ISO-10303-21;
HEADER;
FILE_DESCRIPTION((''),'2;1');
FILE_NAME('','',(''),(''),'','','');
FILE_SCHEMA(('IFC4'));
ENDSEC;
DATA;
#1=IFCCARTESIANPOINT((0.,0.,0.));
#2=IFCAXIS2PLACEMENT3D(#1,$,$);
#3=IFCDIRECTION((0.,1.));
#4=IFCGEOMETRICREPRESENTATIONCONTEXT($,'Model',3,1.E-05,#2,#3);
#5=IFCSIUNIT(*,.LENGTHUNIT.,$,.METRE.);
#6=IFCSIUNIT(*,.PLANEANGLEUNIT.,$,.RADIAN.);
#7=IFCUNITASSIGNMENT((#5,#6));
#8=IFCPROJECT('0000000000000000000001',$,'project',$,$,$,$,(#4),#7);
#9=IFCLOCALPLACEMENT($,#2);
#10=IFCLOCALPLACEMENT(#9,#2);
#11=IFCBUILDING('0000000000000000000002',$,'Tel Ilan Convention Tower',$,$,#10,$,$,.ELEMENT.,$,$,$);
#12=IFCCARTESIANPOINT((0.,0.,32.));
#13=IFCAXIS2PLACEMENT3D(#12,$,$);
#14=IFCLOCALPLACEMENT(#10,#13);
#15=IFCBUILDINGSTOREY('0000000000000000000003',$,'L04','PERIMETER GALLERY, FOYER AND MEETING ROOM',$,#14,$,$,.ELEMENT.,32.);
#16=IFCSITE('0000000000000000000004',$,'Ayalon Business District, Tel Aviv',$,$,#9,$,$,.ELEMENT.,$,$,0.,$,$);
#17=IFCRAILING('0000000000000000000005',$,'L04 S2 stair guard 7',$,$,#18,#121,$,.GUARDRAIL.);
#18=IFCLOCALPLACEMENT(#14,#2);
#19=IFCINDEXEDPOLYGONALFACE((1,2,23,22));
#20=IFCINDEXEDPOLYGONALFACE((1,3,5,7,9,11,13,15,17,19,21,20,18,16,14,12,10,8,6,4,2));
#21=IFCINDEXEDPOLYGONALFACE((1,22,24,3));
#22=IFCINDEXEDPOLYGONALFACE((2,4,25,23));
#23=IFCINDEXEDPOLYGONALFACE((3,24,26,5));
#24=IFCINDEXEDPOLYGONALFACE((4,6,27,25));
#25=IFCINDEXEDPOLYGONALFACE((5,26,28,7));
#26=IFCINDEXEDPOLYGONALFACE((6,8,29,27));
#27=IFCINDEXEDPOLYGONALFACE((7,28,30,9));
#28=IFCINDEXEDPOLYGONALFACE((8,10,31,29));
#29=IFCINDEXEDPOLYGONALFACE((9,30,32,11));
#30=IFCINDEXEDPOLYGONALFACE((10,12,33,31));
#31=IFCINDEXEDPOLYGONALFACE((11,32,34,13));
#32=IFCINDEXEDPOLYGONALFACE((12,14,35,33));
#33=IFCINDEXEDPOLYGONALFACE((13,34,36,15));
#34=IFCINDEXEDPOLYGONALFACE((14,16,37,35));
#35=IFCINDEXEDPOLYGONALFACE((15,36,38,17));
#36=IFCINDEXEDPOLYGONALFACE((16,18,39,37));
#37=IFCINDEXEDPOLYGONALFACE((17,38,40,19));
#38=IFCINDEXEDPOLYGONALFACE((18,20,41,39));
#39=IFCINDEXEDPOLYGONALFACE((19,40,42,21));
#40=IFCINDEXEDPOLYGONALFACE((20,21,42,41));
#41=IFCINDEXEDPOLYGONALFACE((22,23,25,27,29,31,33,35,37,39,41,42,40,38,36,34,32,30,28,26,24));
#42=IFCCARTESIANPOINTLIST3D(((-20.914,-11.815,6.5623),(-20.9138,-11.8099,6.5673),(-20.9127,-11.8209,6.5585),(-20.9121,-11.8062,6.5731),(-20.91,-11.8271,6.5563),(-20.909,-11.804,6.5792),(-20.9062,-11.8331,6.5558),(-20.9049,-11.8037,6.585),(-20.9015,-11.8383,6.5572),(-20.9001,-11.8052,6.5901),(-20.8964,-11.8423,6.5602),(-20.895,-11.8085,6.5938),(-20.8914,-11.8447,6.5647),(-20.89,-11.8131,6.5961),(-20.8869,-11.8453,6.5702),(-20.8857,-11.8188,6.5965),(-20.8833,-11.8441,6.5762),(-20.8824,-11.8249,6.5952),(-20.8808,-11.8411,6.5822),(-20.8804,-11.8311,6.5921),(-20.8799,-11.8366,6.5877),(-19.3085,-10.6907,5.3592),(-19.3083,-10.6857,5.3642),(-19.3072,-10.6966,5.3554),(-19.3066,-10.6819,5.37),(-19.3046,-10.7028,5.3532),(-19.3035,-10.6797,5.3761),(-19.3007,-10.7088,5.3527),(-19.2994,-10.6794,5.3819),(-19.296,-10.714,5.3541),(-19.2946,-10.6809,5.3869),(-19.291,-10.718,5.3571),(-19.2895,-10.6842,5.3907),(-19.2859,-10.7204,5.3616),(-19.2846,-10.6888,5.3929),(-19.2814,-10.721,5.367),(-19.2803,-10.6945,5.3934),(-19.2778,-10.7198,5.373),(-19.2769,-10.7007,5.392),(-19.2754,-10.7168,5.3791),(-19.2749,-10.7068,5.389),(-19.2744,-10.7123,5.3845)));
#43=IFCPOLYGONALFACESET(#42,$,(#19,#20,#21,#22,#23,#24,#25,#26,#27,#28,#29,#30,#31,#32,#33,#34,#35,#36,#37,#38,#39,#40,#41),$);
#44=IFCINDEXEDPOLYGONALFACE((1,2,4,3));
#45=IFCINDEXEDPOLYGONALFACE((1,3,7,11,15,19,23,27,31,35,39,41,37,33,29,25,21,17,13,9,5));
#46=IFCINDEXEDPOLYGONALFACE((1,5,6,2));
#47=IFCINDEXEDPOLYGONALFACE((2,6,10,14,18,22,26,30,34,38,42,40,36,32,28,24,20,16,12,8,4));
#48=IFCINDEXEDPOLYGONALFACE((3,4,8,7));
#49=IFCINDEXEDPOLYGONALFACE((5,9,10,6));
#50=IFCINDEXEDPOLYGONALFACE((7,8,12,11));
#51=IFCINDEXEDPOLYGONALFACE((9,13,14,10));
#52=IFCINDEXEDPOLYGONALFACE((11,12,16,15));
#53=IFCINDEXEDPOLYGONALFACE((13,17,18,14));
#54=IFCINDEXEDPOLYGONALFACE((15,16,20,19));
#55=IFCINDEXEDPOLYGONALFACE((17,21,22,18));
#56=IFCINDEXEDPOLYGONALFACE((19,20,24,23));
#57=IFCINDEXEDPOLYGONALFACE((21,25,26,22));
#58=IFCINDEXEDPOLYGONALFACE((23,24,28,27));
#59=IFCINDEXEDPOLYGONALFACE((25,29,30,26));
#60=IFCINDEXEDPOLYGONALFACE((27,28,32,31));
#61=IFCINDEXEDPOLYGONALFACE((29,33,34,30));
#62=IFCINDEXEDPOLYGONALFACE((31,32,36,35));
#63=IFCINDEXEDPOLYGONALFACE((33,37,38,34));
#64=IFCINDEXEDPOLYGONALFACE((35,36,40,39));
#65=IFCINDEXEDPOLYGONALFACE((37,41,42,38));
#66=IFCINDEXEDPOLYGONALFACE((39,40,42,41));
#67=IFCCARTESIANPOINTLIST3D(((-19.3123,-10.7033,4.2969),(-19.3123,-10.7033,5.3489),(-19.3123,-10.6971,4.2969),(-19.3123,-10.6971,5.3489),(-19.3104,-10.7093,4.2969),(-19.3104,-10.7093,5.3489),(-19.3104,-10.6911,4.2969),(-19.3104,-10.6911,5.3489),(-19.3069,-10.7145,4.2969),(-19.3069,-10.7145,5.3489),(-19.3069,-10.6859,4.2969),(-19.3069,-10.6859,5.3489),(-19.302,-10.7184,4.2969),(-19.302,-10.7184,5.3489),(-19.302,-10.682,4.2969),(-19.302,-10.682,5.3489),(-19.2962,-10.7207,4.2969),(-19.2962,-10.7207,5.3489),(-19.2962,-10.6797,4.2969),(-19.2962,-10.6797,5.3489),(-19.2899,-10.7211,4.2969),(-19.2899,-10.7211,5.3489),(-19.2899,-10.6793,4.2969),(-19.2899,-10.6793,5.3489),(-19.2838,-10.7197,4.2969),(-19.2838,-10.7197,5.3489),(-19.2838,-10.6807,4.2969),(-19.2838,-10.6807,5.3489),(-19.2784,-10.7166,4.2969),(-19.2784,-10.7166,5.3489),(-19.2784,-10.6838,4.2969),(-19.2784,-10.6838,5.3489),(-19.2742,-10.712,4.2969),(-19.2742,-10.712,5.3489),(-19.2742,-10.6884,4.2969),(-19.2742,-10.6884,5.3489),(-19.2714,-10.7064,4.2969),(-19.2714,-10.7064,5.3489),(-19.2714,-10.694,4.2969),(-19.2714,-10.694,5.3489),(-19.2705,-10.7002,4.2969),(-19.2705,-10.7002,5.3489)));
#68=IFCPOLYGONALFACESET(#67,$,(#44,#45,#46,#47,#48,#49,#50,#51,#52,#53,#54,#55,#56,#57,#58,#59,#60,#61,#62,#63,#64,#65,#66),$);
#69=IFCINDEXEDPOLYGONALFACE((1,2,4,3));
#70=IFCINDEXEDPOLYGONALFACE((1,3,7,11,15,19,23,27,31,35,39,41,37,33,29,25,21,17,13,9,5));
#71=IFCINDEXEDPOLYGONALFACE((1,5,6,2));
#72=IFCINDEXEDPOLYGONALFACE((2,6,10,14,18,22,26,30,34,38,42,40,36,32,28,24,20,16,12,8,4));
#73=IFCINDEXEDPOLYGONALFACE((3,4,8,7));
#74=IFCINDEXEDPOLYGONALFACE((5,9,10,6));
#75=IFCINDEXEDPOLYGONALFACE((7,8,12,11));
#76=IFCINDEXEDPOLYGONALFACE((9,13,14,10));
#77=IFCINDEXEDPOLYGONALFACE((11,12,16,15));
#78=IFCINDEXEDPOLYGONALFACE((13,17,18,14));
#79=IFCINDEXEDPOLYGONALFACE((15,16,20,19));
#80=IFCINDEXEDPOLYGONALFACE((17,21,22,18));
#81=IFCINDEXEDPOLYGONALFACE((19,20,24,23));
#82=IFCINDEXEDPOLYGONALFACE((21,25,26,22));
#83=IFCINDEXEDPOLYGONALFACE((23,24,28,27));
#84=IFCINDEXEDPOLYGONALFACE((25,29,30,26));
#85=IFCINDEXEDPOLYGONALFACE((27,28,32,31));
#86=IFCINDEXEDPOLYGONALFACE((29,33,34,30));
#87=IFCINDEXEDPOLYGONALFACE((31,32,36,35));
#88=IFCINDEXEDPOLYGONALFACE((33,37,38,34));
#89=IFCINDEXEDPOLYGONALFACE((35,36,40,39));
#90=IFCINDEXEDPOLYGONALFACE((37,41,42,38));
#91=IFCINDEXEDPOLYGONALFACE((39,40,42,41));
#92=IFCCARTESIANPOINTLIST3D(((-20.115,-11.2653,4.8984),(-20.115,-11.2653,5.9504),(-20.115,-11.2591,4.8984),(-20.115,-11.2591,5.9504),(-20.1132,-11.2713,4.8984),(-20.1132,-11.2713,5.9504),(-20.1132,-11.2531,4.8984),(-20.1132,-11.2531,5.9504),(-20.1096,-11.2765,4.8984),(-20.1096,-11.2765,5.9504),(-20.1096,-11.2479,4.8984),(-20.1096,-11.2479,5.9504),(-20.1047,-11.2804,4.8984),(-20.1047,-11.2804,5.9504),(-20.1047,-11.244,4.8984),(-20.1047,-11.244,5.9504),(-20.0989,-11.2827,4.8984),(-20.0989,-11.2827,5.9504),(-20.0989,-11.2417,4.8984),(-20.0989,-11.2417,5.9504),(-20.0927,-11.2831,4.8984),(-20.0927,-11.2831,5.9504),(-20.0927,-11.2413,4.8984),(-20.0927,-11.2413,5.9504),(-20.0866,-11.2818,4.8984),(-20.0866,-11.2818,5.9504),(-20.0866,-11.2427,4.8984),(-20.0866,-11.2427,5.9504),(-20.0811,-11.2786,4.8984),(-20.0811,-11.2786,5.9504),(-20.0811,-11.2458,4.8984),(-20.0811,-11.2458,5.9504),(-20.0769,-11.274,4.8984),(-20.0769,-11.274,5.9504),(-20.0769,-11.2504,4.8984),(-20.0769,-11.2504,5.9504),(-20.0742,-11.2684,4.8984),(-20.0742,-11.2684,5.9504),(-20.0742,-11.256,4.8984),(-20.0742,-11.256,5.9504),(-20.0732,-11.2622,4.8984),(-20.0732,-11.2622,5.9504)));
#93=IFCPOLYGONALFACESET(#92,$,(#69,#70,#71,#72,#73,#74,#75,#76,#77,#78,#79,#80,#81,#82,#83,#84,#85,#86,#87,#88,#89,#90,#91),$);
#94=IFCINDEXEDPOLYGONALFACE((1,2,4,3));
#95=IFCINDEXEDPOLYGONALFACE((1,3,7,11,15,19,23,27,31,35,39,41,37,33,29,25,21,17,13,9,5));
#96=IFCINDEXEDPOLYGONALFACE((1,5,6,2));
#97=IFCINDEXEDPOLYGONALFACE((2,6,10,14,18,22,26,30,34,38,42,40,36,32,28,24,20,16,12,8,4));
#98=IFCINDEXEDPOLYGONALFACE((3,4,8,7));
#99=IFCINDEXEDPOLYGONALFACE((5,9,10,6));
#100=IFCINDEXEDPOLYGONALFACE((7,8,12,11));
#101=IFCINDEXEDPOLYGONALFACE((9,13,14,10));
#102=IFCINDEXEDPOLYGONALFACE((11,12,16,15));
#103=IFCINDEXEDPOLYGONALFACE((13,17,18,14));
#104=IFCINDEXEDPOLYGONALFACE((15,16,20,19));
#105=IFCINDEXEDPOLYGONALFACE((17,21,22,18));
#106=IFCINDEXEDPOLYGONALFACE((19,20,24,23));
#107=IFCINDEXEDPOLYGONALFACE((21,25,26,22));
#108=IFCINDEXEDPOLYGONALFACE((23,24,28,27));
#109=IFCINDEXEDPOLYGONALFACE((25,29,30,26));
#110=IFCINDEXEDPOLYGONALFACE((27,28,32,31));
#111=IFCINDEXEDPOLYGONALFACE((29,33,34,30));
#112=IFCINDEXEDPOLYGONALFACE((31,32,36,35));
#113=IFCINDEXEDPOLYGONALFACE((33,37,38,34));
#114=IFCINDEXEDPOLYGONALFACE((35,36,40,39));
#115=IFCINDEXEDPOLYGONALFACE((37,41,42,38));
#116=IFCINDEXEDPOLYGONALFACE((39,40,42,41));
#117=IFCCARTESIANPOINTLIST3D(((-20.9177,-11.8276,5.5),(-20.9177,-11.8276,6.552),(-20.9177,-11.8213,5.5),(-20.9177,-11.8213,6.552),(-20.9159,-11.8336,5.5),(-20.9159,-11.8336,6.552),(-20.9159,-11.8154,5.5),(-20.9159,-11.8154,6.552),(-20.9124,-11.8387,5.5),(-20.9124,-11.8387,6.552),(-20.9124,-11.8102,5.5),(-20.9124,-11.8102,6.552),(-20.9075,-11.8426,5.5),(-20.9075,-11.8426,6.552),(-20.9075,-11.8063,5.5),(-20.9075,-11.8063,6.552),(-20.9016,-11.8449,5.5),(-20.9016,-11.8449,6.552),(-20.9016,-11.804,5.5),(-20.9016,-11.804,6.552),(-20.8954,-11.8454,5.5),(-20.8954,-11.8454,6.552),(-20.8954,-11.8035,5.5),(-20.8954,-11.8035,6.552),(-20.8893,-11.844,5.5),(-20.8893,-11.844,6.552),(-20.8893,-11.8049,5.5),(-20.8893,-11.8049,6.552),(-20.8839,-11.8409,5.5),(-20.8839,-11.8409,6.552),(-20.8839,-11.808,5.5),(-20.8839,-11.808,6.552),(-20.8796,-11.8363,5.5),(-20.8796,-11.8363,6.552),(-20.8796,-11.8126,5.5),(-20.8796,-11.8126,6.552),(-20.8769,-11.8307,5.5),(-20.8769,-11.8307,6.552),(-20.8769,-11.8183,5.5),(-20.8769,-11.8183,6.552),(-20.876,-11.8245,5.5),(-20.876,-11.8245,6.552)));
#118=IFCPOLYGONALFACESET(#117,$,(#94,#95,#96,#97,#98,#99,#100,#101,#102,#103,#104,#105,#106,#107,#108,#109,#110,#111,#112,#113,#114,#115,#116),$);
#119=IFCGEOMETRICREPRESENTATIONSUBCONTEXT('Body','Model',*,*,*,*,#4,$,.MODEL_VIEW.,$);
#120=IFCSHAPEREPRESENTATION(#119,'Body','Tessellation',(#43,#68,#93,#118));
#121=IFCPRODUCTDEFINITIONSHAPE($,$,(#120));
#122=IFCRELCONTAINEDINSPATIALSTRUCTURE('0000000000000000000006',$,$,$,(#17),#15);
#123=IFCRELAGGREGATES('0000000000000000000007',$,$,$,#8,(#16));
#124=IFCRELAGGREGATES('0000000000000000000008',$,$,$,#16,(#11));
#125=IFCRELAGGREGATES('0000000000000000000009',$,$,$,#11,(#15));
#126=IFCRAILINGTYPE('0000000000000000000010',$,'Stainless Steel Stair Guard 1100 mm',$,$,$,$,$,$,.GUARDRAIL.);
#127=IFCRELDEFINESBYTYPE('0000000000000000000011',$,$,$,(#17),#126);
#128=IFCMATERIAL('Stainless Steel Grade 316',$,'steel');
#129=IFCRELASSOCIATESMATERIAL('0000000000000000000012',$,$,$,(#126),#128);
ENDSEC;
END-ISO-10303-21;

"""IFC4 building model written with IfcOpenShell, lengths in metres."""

from ifc_helpers import new_model, si_unit, direction, frame, origin, origin_2d, place, context, subcontext, project, spatial, circle, extrude, material, type_object, element, save


model = new_model("IFC4")

# Units and contexts
model_context = context("Model", 3, precision=1e-05, world=origin(), true_north=direction((0.0, 1.0)))
body_context = subcontext(model_context, "Body", "Model", "MODEL_VIEW")
ifc_project = project(units=[si_unit("LENGTHUNIT", "METRE"), si_unit("PLANEANGLEUNIT", "RADIAN")], contexts=[model_context])

# Site, building, storey
site_placement = place(None, origin())
site = spatial("IfcSite", under=ifc_project, at=site_placement, Name="Ayalon Business District, Tel Aviv", CompositionType="ELEMENT", RefElevation=0.0)
building_placement = place(site_placement, origin())
building = spatial("IfcBuilding", under=site, at=building_placement, Name="Tel Ilan Convention Tower", CompositionType="ELEMENT")
storey_placement = place(building_placement, frame((0.0, 0.0, 32.0)))
storey = spatial("IfcBuildingStorey", under=building, at=storey_placement, Name="L04", Description="PERIMETER GALLERY, FOYER AND MEETING ROOM", CompositionType="ELEMENT", Elevation=32.0)

# Railing
ifc_material_1 = material(Name="Stainless Steel Grade 316", Category="steel")
railing_type_1 = type_object("IfcRailingType", Name="Stainless Steel Stair Guard 1100 mm", PredefinedType="GUARDRAIL", material=ifc_material_1)
railing_1_placement = place(storey_placement, frame((-19.2915, -10.7002, 4.2969)))
element("IfcRailing", 1, at=railing_1_placement, inside=storey, type_object=railing_type_1, Name="L04 S2 stair guard 7", PredefinedType="GUARDRAIL", context=body_context, shape_type="SweptSolid", body=[
    extrude(circle(Radius=0.0239, at=origin_2d()), frame((0.0, 0.0, 1.0762), z_axis=(-0.698095, -0.488857, 0.523146), x_axis=(0.573613, -0.819127, 0.0)), (0.0, 0.0, 1.0), 2.2998),
    extrude(circle(Radius=0.021, at=origin_2d()), origin(), (0.0, 0.0, 1.0), 1.052),
    extrude(circle(Radius=0.021, at=origin_2d()), frame((-0.8027, -0.562, 0.6016)), (0.0, 0.0, 1.0), 1.052),
    extrude(circle(Radius=0.021, at=origin_2d()), frame((-1.6055, -1.1243, 1.2031)), (0.0, 0.0, 1.0), 1.052),
])

save(model, "model.ifc")
